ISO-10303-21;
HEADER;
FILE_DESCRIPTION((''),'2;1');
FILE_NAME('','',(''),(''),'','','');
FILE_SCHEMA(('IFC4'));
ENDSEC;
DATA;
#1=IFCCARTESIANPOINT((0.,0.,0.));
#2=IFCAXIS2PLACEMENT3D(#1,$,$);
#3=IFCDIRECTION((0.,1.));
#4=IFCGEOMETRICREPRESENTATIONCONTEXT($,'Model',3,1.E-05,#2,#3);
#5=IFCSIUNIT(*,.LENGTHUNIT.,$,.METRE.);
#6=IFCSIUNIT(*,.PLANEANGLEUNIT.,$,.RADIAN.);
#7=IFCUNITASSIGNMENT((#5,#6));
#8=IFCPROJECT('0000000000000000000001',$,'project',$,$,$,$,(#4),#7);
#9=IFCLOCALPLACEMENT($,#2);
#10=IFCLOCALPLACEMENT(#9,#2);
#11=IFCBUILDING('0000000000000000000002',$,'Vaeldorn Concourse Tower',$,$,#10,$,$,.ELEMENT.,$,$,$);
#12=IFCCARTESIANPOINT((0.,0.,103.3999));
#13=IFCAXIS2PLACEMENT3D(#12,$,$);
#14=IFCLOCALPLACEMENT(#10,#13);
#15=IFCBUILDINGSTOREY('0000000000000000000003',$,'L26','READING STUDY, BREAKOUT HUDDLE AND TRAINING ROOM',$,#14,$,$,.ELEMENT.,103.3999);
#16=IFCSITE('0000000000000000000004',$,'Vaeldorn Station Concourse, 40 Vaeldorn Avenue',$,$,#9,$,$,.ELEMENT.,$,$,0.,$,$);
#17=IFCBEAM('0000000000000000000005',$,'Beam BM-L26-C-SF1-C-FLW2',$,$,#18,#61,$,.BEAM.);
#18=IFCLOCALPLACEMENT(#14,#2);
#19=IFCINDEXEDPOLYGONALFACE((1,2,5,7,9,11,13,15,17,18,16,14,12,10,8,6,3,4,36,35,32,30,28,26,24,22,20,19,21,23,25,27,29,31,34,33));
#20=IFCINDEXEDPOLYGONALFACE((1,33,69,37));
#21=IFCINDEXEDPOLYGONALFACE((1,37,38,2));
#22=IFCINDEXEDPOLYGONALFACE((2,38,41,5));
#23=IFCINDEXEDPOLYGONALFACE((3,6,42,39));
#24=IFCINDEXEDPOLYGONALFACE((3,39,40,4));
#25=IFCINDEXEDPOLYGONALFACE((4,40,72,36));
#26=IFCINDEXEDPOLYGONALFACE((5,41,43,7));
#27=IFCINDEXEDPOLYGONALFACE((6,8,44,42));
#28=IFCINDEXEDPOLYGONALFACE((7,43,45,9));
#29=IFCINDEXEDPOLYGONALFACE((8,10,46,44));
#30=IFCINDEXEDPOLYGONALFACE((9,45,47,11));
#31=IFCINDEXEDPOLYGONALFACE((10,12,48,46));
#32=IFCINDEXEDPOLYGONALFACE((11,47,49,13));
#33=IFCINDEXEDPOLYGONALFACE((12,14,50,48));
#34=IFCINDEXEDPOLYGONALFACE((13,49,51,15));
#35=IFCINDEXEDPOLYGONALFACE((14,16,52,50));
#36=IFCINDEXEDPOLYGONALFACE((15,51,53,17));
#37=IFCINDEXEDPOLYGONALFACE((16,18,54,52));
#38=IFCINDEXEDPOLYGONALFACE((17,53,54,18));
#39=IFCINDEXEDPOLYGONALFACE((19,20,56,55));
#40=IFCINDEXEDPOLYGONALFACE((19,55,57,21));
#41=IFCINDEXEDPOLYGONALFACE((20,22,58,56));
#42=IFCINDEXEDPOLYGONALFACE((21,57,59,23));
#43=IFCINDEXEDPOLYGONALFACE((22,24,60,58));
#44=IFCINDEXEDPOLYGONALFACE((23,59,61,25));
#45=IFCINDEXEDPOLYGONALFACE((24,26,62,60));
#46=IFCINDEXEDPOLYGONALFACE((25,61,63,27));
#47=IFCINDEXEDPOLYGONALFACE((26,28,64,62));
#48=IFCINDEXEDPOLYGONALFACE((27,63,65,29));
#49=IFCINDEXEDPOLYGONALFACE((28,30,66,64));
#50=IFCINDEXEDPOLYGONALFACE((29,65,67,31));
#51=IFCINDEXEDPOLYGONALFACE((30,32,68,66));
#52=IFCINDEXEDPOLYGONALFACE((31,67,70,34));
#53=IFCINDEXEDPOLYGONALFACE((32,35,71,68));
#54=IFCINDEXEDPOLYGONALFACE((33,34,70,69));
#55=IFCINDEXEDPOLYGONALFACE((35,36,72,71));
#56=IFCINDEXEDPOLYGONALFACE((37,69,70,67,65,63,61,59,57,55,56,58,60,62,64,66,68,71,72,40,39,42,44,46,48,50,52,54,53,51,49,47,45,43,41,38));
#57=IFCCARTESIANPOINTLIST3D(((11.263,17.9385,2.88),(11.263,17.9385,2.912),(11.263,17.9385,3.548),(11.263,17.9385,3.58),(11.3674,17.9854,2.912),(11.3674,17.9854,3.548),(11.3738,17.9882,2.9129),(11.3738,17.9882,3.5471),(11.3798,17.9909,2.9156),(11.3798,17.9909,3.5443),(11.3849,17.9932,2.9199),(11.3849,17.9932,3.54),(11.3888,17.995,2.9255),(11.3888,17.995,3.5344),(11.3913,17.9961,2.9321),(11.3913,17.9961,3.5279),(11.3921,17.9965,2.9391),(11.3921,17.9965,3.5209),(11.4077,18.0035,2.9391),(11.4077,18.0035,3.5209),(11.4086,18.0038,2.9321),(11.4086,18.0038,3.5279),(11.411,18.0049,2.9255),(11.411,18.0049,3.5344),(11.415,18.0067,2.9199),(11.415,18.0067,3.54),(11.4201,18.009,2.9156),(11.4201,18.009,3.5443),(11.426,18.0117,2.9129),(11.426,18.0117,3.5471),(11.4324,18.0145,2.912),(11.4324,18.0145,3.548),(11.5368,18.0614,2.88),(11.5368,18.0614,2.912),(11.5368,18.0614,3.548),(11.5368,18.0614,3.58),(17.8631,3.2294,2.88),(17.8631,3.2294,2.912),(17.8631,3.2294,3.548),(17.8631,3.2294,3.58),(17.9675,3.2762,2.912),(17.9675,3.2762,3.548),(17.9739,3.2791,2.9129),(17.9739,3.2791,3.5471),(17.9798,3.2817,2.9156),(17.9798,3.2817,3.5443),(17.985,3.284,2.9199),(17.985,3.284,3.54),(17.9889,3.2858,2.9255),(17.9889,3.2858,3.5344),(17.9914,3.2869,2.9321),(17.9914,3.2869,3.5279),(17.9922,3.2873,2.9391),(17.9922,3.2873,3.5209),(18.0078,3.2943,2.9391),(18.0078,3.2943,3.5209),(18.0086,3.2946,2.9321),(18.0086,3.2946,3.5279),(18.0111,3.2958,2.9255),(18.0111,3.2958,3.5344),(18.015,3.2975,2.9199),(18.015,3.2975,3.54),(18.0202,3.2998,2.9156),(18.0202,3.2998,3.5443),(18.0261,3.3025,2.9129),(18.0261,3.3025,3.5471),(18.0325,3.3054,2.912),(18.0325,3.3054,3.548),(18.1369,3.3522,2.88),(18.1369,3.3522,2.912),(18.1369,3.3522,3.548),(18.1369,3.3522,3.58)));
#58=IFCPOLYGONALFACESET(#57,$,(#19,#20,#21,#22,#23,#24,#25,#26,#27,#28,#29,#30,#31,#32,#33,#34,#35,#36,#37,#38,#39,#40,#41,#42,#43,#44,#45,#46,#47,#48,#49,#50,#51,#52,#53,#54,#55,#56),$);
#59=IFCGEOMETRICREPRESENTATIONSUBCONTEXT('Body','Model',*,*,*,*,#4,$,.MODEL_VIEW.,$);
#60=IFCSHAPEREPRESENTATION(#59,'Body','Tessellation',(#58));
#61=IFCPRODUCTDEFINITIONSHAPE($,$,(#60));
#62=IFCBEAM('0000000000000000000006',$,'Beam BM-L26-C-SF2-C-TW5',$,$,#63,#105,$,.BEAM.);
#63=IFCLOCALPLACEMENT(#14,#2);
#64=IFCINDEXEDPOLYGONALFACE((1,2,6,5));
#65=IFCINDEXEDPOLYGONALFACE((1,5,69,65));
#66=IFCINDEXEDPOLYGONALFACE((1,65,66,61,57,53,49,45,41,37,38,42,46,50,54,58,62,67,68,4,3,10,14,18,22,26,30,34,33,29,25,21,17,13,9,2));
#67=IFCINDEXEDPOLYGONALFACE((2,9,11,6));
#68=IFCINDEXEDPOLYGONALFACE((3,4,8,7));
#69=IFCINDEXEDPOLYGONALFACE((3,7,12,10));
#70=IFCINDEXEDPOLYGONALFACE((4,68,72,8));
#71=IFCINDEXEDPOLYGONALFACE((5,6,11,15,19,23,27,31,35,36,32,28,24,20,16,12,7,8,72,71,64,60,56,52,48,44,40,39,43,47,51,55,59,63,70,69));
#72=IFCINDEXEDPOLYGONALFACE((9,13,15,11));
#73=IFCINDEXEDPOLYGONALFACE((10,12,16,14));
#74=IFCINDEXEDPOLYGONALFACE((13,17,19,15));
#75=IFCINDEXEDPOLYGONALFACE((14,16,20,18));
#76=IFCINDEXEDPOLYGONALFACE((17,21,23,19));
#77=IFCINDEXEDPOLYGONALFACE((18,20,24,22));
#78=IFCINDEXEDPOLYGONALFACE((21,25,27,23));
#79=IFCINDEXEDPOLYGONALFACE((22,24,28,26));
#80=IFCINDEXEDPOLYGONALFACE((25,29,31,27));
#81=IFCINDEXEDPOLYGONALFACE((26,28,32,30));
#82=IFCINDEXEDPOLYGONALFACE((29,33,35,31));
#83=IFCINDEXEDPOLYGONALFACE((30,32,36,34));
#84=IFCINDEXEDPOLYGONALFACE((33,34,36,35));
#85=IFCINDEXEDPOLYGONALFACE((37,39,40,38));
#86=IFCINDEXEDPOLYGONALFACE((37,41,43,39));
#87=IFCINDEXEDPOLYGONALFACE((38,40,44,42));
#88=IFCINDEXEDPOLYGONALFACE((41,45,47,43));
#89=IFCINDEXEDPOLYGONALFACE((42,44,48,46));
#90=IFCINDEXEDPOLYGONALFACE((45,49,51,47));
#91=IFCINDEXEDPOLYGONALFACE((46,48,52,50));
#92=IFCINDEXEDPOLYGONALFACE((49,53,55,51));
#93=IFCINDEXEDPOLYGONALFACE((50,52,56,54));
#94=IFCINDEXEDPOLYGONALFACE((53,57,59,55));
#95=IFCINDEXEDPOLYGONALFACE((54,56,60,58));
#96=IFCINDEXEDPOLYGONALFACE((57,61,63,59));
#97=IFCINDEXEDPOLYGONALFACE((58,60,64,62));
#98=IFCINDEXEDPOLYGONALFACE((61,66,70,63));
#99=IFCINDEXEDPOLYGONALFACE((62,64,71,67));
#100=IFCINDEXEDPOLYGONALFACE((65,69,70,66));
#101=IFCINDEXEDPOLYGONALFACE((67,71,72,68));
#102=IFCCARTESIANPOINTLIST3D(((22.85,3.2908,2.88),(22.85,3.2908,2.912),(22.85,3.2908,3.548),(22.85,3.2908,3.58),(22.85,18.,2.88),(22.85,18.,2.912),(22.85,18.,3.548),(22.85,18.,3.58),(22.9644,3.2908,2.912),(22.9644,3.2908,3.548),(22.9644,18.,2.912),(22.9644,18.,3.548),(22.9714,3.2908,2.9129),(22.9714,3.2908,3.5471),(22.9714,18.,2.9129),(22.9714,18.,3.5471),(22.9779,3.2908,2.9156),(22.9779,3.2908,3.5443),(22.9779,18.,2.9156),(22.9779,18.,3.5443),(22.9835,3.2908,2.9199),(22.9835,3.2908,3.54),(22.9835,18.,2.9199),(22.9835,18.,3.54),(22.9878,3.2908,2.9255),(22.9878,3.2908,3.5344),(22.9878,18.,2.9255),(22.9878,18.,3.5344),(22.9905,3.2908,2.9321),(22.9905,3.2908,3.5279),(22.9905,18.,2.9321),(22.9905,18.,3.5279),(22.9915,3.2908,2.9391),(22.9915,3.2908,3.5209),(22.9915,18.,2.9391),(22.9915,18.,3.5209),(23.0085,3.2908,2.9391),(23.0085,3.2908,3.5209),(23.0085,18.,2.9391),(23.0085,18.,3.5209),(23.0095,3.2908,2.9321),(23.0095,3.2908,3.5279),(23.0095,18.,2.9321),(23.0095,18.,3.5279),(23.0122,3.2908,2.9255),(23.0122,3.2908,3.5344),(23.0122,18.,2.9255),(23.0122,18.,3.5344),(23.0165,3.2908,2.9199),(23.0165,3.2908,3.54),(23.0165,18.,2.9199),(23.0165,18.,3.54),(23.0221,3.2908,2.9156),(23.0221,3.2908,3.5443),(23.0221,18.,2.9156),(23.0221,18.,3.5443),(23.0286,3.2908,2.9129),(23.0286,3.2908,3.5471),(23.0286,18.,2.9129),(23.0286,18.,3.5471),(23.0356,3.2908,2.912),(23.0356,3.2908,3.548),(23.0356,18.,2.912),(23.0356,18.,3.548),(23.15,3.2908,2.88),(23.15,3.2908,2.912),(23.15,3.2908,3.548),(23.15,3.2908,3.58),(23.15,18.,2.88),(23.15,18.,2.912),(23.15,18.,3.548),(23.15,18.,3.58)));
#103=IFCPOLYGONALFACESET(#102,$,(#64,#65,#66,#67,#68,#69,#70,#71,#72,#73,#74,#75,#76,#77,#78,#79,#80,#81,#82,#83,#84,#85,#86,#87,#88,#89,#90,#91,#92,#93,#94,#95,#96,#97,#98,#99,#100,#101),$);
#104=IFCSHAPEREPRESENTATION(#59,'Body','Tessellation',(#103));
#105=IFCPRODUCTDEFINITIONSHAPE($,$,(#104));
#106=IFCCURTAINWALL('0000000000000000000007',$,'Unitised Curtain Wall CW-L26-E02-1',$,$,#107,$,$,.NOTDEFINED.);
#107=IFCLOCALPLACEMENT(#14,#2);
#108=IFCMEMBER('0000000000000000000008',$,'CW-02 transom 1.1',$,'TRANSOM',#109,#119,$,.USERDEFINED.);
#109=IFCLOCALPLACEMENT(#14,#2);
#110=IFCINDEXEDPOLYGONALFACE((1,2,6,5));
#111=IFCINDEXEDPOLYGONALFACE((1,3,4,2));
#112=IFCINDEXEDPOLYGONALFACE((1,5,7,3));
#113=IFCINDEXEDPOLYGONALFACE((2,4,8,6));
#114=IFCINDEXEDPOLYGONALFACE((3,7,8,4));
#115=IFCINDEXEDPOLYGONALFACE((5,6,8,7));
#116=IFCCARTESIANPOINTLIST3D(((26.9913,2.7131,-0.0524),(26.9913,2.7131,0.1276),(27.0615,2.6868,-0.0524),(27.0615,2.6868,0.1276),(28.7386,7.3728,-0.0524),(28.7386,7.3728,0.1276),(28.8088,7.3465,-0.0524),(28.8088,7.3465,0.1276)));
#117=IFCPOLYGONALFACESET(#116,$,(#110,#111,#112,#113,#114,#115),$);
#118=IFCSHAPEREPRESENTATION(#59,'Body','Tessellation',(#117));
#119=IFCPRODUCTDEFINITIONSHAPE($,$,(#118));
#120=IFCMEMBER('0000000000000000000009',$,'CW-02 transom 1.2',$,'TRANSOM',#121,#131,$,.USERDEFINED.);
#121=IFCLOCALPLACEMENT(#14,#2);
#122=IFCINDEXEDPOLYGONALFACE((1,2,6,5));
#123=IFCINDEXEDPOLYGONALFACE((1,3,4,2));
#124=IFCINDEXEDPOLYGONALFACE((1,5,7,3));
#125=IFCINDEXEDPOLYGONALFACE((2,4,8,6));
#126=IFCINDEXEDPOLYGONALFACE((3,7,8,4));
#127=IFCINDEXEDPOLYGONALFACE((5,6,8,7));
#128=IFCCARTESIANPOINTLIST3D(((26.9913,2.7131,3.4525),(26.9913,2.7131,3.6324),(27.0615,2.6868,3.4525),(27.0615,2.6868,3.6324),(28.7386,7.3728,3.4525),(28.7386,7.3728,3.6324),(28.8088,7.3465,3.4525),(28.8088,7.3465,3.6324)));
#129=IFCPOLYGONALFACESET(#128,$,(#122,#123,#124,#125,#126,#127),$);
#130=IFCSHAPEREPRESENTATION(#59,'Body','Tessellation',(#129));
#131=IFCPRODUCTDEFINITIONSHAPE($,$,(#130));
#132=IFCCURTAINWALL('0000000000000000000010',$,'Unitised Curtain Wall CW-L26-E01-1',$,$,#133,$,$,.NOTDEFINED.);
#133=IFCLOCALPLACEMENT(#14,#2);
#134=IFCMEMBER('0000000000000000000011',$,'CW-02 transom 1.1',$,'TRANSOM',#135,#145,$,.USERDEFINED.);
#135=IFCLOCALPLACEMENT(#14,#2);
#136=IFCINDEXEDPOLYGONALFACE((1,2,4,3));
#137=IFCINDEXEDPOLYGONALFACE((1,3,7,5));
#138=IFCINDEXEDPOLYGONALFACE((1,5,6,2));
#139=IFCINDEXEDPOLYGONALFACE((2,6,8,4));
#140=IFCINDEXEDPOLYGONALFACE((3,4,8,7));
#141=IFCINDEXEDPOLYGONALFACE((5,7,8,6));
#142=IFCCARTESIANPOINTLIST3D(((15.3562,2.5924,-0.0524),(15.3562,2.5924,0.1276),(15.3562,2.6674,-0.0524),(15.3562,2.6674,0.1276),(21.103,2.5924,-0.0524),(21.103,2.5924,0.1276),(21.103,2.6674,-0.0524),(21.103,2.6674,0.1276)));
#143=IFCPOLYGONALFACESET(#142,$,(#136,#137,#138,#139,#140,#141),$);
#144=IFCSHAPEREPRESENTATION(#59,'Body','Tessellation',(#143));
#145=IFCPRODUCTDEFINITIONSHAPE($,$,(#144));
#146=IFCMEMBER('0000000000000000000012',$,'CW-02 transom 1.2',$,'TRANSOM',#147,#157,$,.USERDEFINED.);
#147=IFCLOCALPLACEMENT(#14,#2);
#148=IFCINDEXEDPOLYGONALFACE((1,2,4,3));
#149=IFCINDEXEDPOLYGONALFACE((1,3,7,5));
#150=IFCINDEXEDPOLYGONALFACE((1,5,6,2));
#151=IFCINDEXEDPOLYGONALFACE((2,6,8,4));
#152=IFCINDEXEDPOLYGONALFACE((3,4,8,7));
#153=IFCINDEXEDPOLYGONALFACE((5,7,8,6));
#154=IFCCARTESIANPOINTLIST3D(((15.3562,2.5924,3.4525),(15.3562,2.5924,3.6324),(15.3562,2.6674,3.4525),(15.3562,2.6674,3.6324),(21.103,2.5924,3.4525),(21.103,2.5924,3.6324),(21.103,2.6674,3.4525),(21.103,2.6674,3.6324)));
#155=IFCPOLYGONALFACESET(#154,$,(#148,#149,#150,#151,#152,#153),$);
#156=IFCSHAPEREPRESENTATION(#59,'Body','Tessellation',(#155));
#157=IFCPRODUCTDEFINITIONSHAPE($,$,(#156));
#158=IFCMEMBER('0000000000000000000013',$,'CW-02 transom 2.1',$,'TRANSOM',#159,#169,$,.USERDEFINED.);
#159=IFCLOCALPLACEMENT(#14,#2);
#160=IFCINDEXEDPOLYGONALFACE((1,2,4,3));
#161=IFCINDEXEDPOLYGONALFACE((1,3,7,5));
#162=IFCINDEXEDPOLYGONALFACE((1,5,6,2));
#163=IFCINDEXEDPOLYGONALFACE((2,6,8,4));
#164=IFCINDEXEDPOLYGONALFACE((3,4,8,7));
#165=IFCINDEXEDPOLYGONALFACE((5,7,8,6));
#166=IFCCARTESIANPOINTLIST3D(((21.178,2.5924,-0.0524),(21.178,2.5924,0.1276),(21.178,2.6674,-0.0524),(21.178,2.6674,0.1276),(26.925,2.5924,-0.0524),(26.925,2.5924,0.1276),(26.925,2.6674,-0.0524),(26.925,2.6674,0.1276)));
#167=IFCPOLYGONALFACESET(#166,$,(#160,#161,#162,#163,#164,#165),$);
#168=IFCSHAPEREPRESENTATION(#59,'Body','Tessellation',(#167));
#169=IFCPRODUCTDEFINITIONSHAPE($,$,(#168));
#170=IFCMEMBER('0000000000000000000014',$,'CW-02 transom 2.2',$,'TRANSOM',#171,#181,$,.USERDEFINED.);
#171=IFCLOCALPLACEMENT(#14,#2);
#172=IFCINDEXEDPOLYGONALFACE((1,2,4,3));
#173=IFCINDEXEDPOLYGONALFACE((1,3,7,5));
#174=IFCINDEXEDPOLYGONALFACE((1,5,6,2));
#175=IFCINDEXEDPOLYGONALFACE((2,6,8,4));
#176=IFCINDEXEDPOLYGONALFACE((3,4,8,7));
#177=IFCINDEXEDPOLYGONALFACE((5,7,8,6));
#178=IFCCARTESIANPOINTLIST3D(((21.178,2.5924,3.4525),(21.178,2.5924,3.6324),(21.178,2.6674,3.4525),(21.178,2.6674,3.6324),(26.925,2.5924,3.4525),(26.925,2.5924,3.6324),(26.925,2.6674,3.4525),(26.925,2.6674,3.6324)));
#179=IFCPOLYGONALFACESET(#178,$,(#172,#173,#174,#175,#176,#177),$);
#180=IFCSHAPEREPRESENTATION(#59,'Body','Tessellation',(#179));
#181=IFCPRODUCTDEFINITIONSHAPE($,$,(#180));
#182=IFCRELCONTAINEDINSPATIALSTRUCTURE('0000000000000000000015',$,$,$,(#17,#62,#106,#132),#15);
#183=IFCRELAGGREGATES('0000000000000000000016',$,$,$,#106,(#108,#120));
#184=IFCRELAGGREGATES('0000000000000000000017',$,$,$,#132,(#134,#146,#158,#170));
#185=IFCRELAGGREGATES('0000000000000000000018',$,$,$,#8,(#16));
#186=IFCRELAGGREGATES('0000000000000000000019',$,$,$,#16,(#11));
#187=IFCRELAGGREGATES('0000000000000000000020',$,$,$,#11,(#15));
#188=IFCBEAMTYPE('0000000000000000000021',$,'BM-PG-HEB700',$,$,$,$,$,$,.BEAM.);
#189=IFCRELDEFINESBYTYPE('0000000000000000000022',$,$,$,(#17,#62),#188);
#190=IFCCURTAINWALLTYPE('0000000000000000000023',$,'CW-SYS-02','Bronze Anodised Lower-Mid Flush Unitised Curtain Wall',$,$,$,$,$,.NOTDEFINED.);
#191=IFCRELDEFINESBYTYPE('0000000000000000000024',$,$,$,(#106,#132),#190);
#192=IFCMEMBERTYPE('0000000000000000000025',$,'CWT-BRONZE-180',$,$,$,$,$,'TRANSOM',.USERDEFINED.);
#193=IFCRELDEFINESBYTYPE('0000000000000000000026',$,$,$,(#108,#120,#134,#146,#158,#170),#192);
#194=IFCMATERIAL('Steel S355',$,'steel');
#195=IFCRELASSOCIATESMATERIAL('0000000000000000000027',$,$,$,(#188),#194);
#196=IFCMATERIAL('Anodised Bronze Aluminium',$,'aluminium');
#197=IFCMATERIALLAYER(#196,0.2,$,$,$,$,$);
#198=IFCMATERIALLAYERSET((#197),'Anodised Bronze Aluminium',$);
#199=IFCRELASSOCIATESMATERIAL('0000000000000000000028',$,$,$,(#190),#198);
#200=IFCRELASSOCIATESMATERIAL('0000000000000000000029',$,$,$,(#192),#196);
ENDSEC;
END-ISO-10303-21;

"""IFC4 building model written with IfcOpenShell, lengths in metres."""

from ifc_helpers import new_model, si_unit, direction, frame, origin, origin_2d, place, context, subcontext, project, spatial, rectangle, i_section, extrude, source, transform, mapped, material, layer, layer_set, material_profile, profile_set, type_object, element, aggregate, save


model = new_model("IFC4")

# Units and contexts
model_context = context("Model", 3, precision=1e-05, world=origin(), true_north=direction((0.0, 1.0)))
body_context = subcontext(model_context, "Body", "Model", "MODEL_VIEW")
ifc_project = project(units=[si_unit("LENGTHUNIT", "METRE"), si_unit("PLANEANGLEUNIT", "RADIAN")], contexts=[model_context])

# Site, building, storey
site_placement = place(None, origin())
site = spatial("IfcSite", under=ifc_project, at=site_placement, Name="Vaeldorn Station Concourse, 40 Vaeldorn Avenue", CompositionType="ELEMENT", RefElevation=0.0)
building_placement = place(site_placement, origin())
building = spatial("IfcBuilding", under=site, at=building_placement, Name="Vaeldorn Concourse Tower", CompositionType="ELEMENT")
storey_placement = place(building_placement, frame((0.0, 0.0, 103.3999)))
storey = spatial("IfcBuildingStorey", under=building, at=storey_placement, Name="L26", Description="READING STUDY, BREAKOUT HUDDLE AND TRAINING ROOM", CompositionType="ELEMENT", Elevation=103.3999)

# Beams
ifc_material_1 = material(Name="Steel S355", Category="steel")
ifc_material_profile_1 = material_profile(ifc_material_1, i_section(OverallWidth=0.3, OverallDepth=0.7, WebThickness=0.0171, FlangeThickness=0.032, FilletRadius=0.0271, at=origin_2d()), Name="HEB 700")
ifc_profile_set_1 = profile_set([ifc_material_profile_1], Name="Steel S355")
beam_type_1 = type_object("IfcBeamType", Name="BM-PG-HEB700", PredefinedType="BEAM", material=ifc_profile_set_1)
shared_shape_1 = source(origin(), body_context, "Body", "SweptSolid", [
    extrude(i_section(OverallWidth=0.3, OverallDepth=0.7, WebThickness=0.0171, FlangeThickness=0.032, FilletRadius=0.0271, at=origin_2d()), origin(), (0.0, 0.0, 1.0), 16.1221),
])
beam_1_placement = place(storey_placement, frame((18.0, 3.2908, 3.23), z_axis=(-0.409382, 0.912363, 0.0), x_axis=(-0.912363, -0.409382, 0.0)))
element("IfcBeam", 1, at=beam_1_placement, inside=storey, type_object=beam_type_1, Name="Beam BM-L26-C-SF1-C-FLW2", PredefinedType="BEAM", context=body_context, shape_type="MappedRepresentation", body=[
    mapped(shared_shape_1, transform((0.0, 0.0, 0.0), scale=1.0)),
])
shared_shape_2 = source(origin(), body_context, "Body", "SweptSolid", [
    extrude(i_section(OverallWidth=0.3, OverallDepth=0.7, WebThickness=0.0171, FlangeThickness=0.032, FilletRadius=0.0271, at=origin_2d()), origin(), (0.0, 0.0, 1.0), 14.7092),
])
beam_2_placement = place(storey_placement, frame((23.0, 3.2908, 3.23), z_axis=(0.0, 1.0, 0.0), x_axis=(-1.0, 0.0, 0.0)))
element("IfcBeam", 2, at=beam_2_placement, inside=storey, type_object=beam_type_1, Name="Beam BM-L26-C-SF2-C-TW5", PredefinedType="BEAM", context=body_context, shape_type="MappedRepresentation", body=[
    mapped(shared_shape_2, transform((0.0, 0.0, 0.0), scale=1.0)),
])

# Curtain walls, members
ifc_material_2 = material(Name="Anodised Bronze Aluminium", Category="aluminium")
ifc_layer_1 = layer(ifc_material_2, 0.2)
ifc_layer_set_1 = layer_set([ifc_layer_1], Name="Anodised Bronze Aluminium")
curtain_wall_type = type_object("IfcCurtainWallType", Name="CW-SYS-02", Description="Bronze Anodised Lower-Mid Flush Unitised Curtain Wall", PredefinedType="NOTDEFINED", material=ifc_layer_set_1)
curtain_wall_1_placement = place(storey_placement, origin())
curtain_wall_1 = element("IfcCurtainWall", 3, at=curtain_wall_1_placement, inside=storey, type_object=curtain_wall_type, Name="Unitised Curtain Wall CW-L26-E02-1", PredefinedType="NOTDEFINED")
ifc_material_profile_2 = material_profile(ifc_material_2, rectangle(XDim=0.075, YDim=0.1799, at=origin_2d()), Name="CWT 75x180")
ifc_profile_set_2 = profile_set([ifc_material_profile_2], Name="Anodised Bronze Aluminium")
member_type_1 = type_object("IfcMemberType", Name="CWT-BRONZE-180", ElementType="TRANSOM", PredefinedType="USERDEFINED", material=ifc_profile_set_2)
shared_shape_3 = source(origin(), body_context, "Body", "SweptSolid", [
    extrude(rectangle(XDim=0.075, YDim=0.1799, at=origin_2d()), origin(), (0.0, 0.0, 1.0), 4.9766),
])
member_1_placement = place(storey_placement, frame((27.0264, 2.7, 0.0376), z_axis=(0.351113, 0.936333, 0.0), x_axis=(-0.936333, 0.351113, 0.0)))
member_1 = element("IfcMember", 4, at=member_1_placement, type_object=member_type_1, Name="CW-02 transom 1.1", ObjectType="TRANSOM", PredefinedType="USERDEFINED", context=body_context, shape_type="MappedRepresentation", body=[
    mapped(shared_shape_3, transform((0.0, 0.0, 0.0), scale=1.0)),
])
member_2_placement = place(storey_placement, frame((27.0264, 2.7, 3.5425), z_axis=(0.351113, 0.936333, 0.0), x_axis=(-0.936333, 0.351113, 0.0)))
member_2 = element("IfcMember", 5, at=member_2_placement, type_object=member_type_1, Name="CW-02 transom 1.2", ObjectType="TRANSOM", PredefinedType="USERDEFINED", context=body_context, shape_type="MappedRepresentation", body=[
    mapped(shared_shape_3, transform((0.0, 0.0, 0.0), scale=1.0)),
])
curtain_wall_2_placement = place(storey_placement, origin())
curtain_wall_2 = element("IfcCurtainWall", 6, at=curtain_wall_2_placement, inside=storey, type_object=curtain_wall_type, Name="Unitised Curtain Wall CW-L26-E01-1", PredefinedType="NOTDEFINED")
shared_shape_4 = source(origin(), body_context, "Body", "SweptSolid", [
    extrude(rectangle(XDim=0.075, YDim=0.1799, at=origin_2d()), origin(), (0.0, 0.0, 1.0), 5.7468),
])
member_3_placement = place(storey_placement, frame((15.3562, 2.6299, 0.0376), z_axis=(1.0, 0.0, 0.0), x_axis=(0.0, 1.0, 0.0)))
member_3 = element("IfcMember", 7, at=member_3_placement, type_object=member_type_1, Name="CW-02 transom 1.1", ObjectType="TRANSOM", PredefinedType="USERDEFINED", context=body_context, shape_type="MappedRepresentation", body=[
    mapped(shared_shape_4, transform((0.0, 0.0, 0.0), scale=1.0)),
])
member_4_placement = place(storey_placement, frame((15.3562, 2.6299, 3.5425), z_axis=(1.0, 0.0, 0.0), x_axis=(0.0, 1.0, 0.0)))
member_4 = element("IfcMember", 8, at=member_4_placement, type_object=member_type_1, Name="CW-02 transom 1.2", ObjectType="TRANSOM", PredefinedType="USERDEFINED", context=body_context, shape_type="MappedRepresentation", body=[
    mapped(shared_shape_4, transform((0.0, 0.0, 0.0), scale=1.0)),
])
shared_shape_5 = source(origin(), body_context, "Body", "SweptSolid", [
    extrude(rectangle(XDim=0.075, YDim=0.1799, at=origin_2d()), origin(), (0.0, 0.0, 1.0), 5.7471),
])
member_5_placement = place(storey_placement, frame((21.178, 2.6299, 0.0376), z_axis=(1.0, 0.0, 0.0), x_axis=(0.0, 1.0, 0.0)))
member_5 = element("IfcMember", 9, at=member_5_placement, type_object=member_type_1, Name="CW-02 transom 2.1", ObjectType="TRANSOM", PredefinedType="USERDEFINED", context=body_context, shape_type="MappedRepresentation", body=[
    mapped(shared_shape_5, transform((0.0, 0.0, 0.0), scale=1.0)),
])
member_6_placement = place(storey_placement, frame((21.178, 2.6299, 3.5425), z_axis=(1.0, 0.0, 0.0), x_axis=(0.0, 1.0, 0.0)))
member_6 = element("IfcMember", 10, at=member_6_placement, type_object=member_type_1, Name="CW-02 transom 2.2", ObjectType="TRANSOM", PredefinedType="USERDEFINED", context=body_context, shape_type="MappedRepresentation", body=[
    mapped(shared_shape_5, transform((0.0, 0.0, 0.0), scale=1.0)),
])

aggregate(curtain_wall_1, [member_1, member_2])

aggregate(curtain_wall_2, [member_3, member_4, member_5, member_6])

save(model, "model.ifc")
